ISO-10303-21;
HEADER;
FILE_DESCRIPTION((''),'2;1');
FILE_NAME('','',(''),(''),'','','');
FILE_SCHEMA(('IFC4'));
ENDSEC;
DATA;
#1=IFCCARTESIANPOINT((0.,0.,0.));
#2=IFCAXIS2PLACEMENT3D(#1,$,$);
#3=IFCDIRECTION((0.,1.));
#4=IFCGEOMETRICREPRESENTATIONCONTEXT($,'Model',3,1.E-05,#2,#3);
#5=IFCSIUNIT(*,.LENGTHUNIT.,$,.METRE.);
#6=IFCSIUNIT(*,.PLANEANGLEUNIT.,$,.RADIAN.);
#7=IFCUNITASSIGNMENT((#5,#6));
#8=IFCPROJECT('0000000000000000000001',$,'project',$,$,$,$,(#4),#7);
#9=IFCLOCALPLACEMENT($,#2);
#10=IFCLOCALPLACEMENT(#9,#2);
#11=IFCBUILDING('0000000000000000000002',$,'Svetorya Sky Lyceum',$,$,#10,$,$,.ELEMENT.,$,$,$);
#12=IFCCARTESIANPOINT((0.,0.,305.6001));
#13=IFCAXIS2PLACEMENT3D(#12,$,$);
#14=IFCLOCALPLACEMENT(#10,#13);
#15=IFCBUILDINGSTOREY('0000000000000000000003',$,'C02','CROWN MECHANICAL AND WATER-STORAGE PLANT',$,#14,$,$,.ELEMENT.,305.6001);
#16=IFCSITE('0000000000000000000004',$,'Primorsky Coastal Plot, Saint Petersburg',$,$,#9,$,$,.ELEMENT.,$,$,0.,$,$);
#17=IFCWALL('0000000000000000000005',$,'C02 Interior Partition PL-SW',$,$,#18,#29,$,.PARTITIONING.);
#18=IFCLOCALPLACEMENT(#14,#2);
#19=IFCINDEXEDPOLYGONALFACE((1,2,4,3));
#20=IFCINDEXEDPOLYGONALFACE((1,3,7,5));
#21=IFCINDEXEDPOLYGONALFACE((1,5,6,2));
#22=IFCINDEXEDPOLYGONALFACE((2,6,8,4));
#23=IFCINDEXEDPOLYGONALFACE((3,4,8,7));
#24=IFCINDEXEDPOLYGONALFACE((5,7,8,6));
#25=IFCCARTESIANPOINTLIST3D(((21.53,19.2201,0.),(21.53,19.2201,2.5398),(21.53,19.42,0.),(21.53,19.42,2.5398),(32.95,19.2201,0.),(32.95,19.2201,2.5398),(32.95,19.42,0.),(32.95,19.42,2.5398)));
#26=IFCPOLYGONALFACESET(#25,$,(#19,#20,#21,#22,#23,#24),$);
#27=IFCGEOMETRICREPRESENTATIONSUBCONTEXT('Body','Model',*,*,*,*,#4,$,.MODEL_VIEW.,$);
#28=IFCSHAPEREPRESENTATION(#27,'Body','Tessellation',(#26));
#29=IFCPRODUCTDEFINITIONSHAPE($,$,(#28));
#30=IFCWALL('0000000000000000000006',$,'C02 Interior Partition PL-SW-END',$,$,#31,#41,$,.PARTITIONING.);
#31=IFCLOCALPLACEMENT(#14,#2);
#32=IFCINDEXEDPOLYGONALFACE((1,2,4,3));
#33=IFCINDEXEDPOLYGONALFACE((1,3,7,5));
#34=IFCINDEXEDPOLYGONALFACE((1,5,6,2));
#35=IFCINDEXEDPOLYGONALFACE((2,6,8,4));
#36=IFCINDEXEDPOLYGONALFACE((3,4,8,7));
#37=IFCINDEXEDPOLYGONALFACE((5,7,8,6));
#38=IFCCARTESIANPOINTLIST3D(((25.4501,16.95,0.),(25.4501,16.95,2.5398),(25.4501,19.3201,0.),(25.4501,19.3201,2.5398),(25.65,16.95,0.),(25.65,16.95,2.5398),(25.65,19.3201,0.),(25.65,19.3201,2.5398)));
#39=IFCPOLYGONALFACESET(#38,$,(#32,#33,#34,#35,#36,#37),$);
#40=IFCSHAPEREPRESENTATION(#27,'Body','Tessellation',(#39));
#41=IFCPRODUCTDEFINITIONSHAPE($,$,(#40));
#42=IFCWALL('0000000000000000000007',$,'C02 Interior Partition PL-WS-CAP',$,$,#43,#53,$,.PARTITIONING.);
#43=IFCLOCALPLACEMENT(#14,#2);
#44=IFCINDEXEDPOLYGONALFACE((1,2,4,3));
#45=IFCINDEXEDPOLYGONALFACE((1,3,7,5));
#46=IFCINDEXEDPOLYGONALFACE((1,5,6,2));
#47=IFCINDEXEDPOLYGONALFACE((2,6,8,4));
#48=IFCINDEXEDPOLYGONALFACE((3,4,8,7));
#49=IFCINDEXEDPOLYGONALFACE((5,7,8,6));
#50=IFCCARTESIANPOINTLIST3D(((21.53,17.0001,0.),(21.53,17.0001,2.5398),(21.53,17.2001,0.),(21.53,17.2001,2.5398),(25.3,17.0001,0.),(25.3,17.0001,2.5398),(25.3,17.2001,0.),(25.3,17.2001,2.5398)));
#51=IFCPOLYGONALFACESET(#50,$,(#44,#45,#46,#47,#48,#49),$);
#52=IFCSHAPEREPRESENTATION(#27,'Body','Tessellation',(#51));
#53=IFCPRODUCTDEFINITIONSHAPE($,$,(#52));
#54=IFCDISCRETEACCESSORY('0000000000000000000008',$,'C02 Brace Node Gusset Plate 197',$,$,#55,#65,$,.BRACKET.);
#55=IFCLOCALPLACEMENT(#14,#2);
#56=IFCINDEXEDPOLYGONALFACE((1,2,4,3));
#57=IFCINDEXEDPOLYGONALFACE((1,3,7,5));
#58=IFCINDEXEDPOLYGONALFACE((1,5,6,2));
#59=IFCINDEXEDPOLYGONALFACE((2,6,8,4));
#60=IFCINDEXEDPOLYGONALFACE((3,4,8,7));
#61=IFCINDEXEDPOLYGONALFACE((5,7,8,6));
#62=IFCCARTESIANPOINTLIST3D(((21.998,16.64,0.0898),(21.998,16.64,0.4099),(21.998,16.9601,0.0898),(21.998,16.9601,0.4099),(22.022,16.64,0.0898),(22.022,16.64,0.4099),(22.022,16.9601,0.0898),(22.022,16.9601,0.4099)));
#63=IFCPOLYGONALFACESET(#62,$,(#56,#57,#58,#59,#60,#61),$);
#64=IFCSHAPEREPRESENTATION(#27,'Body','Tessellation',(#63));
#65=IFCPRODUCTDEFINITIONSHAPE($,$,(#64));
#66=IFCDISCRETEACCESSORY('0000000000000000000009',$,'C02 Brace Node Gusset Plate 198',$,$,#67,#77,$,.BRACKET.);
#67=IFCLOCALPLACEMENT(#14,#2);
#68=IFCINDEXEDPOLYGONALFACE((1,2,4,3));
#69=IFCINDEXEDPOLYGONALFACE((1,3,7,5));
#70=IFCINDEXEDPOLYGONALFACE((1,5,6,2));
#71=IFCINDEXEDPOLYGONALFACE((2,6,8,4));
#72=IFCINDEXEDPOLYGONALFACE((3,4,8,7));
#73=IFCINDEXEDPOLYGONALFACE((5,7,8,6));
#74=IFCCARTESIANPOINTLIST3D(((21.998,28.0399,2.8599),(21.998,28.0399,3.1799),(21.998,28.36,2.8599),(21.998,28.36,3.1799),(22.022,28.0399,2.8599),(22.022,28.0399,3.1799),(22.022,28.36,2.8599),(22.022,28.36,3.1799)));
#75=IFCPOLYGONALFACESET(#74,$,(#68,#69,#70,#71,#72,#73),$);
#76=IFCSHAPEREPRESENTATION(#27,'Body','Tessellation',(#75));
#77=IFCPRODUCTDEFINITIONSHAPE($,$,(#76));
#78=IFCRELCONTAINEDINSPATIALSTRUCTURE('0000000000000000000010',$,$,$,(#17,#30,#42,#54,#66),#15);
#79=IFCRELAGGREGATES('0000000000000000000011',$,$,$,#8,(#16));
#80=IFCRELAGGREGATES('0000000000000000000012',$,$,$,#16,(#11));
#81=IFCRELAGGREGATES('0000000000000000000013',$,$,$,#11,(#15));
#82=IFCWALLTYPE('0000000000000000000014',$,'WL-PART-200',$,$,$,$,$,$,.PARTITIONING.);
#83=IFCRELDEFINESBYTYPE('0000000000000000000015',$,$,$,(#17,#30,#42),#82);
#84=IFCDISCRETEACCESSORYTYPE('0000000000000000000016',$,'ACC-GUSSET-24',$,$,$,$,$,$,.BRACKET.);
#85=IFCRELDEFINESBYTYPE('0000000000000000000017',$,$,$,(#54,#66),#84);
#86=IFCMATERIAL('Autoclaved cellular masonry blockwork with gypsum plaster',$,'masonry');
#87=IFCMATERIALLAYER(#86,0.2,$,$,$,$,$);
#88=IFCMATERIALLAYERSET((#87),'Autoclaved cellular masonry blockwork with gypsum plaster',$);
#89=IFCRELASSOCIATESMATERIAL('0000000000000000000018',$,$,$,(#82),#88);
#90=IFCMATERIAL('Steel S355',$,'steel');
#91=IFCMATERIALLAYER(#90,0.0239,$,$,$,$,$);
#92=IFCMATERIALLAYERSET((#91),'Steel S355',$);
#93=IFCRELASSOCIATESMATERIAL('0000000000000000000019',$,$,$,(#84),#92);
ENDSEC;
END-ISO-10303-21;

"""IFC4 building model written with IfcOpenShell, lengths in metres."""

from ifc_helpers import new_model, si_unit, direction, frame, frame_2d, origin, origin_2d, place, context, subcontext, project, spatial, rectangle, extrude, material, layer, layer_set, type_object, element, save


model = new_model("IFC4")

# Units and contexts
model_context = context("Model", 3, precision=1e-05, world=origin(), true_north=direction((0.0, 1.0)))
body_context = subcontext(model_context, "Body", "Model", "MODEL_VIEW")
ifc_project = project(units=[si_unit("LENGTHUNIT", "METRE"), si_unit("PLANEANGLEUNIT", "RADIAN")], contexts=[model_context])

# Site, building, storey
site_placement = place(None, origin())
site = spatial("IfcSite", under=ifc_project, at=site_placement, Name="Primorsky Coastal Plot, Saint Petersburg", CompositionType="ELEMENT", RefElevation=0.0)
building_placement = place(site_placement, origin())
building = spatial("IfcBuilding", under=site, at=building_placement, Name="Svetorya Sky Lyceum", CompositionType="ELEMENT")
storey_placement = place(building_placement, frame((0.0, 0.0, 305.6001)))
storey = spatial("IfcBuildingStorey", under=building, at=storey_placement, Name="C02", Description="CROWN MECHANICAL AND WATER-STORAGE PLANT", CompositionType="ELEMENT", Elevation=305.6001)

# Shared definitions
ifc_material_1 = material(Name="Steel S355", Category="steel")

# Walls
ifc_material_2 = material(Name="Autoclaved cellular masonry blockwork with gypsum plaster", Category="masonry")
ifc_layer_1 = layer(ifc_material_2, 0.2)
ifc_layer_set_1 = layer_set([ifc_layer_1], Name="Autoclaved cellular masonry blockwork with gypsum plaster")
wall_type_1 = type_object("IfcWallType", Name="WL-PART-200", PredefinedType="PARTITIONING", material=ifc_layer_set_1)
wall_1_placement = place(storey_placement, frame((21.53, 19.3201, 0.0), z_axis=(0.0, 0.0, 1.0), x_axis=(1.0, 0.0, 0.0)))
element("IfcWall", 1, at=wall_1_placement, inside=storey, type_object=wall_type_1, Name="C02 Interior Partition PL-SW", PredefinedType="PARTITIONING", context=body_context, shape_type="SweptSolid", body=[
    extrude(rectangle(XDim=11.4199, YDim=0.2, at=frame_2d((5.71, 0.0))), origin(), (0.0, 0.0, 1.0), 2.5398),
])
wall_2_placement = place(storey_placement, frame((25.55, 16.95, 0.0), z_axis=(0.0, 0.0, 1.0), x_axis=(0.0, 1.0, 0.0)))
element("IfcWall", 2, at=wall_2_placement, inside=storey, type_object=wall_type_1, Name="C02 Interior Partition PL-SW-END", PredefinedType="PARTITIONING", context=body_context, shape_type="SweptSolid", body=[
    extrude(rectangle(XDim=2.3701, YDim=0.2, at=frame_2d((1.1851, 0.0))), origin(), (0.0, 0.0, 1.0), 2.5398),
])
wall_3_placement = place(storey_placement, frame((21.53, 17.1001, 0.0), z_axis=(0.0, 0.0, 1.0), x_axis=(1.0, 0.0, 0.0)))
element("IfcWall", 3, at=wall_3_placement, inside=storey, type_object=wall_type_1, Name="C02 Interior Partition PL-WS-CAP", PredefinedType="PARTITIONING", context=body_context, shape_type="SweptSolid", body=[
    extrude(rectangle(XDim=3.77, YDim=0.2, at=frame_2d((1.885, 0.0))), origin(), (0.0, 0.0, 1.0), 2.5398),
])

# Discrete accessories
ifc_layer_2 = layer(ifc_material_1, 0.0239)
ifc_layer_set_2 = layer_set([ifc_layer_2], Name="Steel S355")
discrete_accessory_type = type_object("IfcDiscreteAccessoryType", Name="ACC-GUSSET-24", PredefinedType="BRACKET", material=ifc_layer_set_2)
for number, where, z_axis, x_axis, name in (
    (4, (22.01, 16.8, 0.0898), (0.0, 0.0, 1.0), (1.0, 0.0, 0.0), "C02 Brace Node Gusset Plate 197"),
    (5, (22.01, 28.2, 2.8599), (0.0, 0.0, 1.0), (1.0, 0.0, 0.0), "C02 Brace Node Gusset Plate 198"),
):
    element("IfcDiscreteAccessory", number, at=place(storey_placement, frame(where, z_axis=z_axis, x_axis=x_axis)), inside=storey, type_object=discrete_accessory_type, Name=name, PredefinedType="BRACKET", context=body_context, shape_type="SweptSolid", body=[
        extrude(rectangle(XDim=0.0239, YDim=0.3201, at=origin_2d()), origin(), (0.0, 0.0, 1.0), 0.3201),
    ])

save(model, "model.ifc")
